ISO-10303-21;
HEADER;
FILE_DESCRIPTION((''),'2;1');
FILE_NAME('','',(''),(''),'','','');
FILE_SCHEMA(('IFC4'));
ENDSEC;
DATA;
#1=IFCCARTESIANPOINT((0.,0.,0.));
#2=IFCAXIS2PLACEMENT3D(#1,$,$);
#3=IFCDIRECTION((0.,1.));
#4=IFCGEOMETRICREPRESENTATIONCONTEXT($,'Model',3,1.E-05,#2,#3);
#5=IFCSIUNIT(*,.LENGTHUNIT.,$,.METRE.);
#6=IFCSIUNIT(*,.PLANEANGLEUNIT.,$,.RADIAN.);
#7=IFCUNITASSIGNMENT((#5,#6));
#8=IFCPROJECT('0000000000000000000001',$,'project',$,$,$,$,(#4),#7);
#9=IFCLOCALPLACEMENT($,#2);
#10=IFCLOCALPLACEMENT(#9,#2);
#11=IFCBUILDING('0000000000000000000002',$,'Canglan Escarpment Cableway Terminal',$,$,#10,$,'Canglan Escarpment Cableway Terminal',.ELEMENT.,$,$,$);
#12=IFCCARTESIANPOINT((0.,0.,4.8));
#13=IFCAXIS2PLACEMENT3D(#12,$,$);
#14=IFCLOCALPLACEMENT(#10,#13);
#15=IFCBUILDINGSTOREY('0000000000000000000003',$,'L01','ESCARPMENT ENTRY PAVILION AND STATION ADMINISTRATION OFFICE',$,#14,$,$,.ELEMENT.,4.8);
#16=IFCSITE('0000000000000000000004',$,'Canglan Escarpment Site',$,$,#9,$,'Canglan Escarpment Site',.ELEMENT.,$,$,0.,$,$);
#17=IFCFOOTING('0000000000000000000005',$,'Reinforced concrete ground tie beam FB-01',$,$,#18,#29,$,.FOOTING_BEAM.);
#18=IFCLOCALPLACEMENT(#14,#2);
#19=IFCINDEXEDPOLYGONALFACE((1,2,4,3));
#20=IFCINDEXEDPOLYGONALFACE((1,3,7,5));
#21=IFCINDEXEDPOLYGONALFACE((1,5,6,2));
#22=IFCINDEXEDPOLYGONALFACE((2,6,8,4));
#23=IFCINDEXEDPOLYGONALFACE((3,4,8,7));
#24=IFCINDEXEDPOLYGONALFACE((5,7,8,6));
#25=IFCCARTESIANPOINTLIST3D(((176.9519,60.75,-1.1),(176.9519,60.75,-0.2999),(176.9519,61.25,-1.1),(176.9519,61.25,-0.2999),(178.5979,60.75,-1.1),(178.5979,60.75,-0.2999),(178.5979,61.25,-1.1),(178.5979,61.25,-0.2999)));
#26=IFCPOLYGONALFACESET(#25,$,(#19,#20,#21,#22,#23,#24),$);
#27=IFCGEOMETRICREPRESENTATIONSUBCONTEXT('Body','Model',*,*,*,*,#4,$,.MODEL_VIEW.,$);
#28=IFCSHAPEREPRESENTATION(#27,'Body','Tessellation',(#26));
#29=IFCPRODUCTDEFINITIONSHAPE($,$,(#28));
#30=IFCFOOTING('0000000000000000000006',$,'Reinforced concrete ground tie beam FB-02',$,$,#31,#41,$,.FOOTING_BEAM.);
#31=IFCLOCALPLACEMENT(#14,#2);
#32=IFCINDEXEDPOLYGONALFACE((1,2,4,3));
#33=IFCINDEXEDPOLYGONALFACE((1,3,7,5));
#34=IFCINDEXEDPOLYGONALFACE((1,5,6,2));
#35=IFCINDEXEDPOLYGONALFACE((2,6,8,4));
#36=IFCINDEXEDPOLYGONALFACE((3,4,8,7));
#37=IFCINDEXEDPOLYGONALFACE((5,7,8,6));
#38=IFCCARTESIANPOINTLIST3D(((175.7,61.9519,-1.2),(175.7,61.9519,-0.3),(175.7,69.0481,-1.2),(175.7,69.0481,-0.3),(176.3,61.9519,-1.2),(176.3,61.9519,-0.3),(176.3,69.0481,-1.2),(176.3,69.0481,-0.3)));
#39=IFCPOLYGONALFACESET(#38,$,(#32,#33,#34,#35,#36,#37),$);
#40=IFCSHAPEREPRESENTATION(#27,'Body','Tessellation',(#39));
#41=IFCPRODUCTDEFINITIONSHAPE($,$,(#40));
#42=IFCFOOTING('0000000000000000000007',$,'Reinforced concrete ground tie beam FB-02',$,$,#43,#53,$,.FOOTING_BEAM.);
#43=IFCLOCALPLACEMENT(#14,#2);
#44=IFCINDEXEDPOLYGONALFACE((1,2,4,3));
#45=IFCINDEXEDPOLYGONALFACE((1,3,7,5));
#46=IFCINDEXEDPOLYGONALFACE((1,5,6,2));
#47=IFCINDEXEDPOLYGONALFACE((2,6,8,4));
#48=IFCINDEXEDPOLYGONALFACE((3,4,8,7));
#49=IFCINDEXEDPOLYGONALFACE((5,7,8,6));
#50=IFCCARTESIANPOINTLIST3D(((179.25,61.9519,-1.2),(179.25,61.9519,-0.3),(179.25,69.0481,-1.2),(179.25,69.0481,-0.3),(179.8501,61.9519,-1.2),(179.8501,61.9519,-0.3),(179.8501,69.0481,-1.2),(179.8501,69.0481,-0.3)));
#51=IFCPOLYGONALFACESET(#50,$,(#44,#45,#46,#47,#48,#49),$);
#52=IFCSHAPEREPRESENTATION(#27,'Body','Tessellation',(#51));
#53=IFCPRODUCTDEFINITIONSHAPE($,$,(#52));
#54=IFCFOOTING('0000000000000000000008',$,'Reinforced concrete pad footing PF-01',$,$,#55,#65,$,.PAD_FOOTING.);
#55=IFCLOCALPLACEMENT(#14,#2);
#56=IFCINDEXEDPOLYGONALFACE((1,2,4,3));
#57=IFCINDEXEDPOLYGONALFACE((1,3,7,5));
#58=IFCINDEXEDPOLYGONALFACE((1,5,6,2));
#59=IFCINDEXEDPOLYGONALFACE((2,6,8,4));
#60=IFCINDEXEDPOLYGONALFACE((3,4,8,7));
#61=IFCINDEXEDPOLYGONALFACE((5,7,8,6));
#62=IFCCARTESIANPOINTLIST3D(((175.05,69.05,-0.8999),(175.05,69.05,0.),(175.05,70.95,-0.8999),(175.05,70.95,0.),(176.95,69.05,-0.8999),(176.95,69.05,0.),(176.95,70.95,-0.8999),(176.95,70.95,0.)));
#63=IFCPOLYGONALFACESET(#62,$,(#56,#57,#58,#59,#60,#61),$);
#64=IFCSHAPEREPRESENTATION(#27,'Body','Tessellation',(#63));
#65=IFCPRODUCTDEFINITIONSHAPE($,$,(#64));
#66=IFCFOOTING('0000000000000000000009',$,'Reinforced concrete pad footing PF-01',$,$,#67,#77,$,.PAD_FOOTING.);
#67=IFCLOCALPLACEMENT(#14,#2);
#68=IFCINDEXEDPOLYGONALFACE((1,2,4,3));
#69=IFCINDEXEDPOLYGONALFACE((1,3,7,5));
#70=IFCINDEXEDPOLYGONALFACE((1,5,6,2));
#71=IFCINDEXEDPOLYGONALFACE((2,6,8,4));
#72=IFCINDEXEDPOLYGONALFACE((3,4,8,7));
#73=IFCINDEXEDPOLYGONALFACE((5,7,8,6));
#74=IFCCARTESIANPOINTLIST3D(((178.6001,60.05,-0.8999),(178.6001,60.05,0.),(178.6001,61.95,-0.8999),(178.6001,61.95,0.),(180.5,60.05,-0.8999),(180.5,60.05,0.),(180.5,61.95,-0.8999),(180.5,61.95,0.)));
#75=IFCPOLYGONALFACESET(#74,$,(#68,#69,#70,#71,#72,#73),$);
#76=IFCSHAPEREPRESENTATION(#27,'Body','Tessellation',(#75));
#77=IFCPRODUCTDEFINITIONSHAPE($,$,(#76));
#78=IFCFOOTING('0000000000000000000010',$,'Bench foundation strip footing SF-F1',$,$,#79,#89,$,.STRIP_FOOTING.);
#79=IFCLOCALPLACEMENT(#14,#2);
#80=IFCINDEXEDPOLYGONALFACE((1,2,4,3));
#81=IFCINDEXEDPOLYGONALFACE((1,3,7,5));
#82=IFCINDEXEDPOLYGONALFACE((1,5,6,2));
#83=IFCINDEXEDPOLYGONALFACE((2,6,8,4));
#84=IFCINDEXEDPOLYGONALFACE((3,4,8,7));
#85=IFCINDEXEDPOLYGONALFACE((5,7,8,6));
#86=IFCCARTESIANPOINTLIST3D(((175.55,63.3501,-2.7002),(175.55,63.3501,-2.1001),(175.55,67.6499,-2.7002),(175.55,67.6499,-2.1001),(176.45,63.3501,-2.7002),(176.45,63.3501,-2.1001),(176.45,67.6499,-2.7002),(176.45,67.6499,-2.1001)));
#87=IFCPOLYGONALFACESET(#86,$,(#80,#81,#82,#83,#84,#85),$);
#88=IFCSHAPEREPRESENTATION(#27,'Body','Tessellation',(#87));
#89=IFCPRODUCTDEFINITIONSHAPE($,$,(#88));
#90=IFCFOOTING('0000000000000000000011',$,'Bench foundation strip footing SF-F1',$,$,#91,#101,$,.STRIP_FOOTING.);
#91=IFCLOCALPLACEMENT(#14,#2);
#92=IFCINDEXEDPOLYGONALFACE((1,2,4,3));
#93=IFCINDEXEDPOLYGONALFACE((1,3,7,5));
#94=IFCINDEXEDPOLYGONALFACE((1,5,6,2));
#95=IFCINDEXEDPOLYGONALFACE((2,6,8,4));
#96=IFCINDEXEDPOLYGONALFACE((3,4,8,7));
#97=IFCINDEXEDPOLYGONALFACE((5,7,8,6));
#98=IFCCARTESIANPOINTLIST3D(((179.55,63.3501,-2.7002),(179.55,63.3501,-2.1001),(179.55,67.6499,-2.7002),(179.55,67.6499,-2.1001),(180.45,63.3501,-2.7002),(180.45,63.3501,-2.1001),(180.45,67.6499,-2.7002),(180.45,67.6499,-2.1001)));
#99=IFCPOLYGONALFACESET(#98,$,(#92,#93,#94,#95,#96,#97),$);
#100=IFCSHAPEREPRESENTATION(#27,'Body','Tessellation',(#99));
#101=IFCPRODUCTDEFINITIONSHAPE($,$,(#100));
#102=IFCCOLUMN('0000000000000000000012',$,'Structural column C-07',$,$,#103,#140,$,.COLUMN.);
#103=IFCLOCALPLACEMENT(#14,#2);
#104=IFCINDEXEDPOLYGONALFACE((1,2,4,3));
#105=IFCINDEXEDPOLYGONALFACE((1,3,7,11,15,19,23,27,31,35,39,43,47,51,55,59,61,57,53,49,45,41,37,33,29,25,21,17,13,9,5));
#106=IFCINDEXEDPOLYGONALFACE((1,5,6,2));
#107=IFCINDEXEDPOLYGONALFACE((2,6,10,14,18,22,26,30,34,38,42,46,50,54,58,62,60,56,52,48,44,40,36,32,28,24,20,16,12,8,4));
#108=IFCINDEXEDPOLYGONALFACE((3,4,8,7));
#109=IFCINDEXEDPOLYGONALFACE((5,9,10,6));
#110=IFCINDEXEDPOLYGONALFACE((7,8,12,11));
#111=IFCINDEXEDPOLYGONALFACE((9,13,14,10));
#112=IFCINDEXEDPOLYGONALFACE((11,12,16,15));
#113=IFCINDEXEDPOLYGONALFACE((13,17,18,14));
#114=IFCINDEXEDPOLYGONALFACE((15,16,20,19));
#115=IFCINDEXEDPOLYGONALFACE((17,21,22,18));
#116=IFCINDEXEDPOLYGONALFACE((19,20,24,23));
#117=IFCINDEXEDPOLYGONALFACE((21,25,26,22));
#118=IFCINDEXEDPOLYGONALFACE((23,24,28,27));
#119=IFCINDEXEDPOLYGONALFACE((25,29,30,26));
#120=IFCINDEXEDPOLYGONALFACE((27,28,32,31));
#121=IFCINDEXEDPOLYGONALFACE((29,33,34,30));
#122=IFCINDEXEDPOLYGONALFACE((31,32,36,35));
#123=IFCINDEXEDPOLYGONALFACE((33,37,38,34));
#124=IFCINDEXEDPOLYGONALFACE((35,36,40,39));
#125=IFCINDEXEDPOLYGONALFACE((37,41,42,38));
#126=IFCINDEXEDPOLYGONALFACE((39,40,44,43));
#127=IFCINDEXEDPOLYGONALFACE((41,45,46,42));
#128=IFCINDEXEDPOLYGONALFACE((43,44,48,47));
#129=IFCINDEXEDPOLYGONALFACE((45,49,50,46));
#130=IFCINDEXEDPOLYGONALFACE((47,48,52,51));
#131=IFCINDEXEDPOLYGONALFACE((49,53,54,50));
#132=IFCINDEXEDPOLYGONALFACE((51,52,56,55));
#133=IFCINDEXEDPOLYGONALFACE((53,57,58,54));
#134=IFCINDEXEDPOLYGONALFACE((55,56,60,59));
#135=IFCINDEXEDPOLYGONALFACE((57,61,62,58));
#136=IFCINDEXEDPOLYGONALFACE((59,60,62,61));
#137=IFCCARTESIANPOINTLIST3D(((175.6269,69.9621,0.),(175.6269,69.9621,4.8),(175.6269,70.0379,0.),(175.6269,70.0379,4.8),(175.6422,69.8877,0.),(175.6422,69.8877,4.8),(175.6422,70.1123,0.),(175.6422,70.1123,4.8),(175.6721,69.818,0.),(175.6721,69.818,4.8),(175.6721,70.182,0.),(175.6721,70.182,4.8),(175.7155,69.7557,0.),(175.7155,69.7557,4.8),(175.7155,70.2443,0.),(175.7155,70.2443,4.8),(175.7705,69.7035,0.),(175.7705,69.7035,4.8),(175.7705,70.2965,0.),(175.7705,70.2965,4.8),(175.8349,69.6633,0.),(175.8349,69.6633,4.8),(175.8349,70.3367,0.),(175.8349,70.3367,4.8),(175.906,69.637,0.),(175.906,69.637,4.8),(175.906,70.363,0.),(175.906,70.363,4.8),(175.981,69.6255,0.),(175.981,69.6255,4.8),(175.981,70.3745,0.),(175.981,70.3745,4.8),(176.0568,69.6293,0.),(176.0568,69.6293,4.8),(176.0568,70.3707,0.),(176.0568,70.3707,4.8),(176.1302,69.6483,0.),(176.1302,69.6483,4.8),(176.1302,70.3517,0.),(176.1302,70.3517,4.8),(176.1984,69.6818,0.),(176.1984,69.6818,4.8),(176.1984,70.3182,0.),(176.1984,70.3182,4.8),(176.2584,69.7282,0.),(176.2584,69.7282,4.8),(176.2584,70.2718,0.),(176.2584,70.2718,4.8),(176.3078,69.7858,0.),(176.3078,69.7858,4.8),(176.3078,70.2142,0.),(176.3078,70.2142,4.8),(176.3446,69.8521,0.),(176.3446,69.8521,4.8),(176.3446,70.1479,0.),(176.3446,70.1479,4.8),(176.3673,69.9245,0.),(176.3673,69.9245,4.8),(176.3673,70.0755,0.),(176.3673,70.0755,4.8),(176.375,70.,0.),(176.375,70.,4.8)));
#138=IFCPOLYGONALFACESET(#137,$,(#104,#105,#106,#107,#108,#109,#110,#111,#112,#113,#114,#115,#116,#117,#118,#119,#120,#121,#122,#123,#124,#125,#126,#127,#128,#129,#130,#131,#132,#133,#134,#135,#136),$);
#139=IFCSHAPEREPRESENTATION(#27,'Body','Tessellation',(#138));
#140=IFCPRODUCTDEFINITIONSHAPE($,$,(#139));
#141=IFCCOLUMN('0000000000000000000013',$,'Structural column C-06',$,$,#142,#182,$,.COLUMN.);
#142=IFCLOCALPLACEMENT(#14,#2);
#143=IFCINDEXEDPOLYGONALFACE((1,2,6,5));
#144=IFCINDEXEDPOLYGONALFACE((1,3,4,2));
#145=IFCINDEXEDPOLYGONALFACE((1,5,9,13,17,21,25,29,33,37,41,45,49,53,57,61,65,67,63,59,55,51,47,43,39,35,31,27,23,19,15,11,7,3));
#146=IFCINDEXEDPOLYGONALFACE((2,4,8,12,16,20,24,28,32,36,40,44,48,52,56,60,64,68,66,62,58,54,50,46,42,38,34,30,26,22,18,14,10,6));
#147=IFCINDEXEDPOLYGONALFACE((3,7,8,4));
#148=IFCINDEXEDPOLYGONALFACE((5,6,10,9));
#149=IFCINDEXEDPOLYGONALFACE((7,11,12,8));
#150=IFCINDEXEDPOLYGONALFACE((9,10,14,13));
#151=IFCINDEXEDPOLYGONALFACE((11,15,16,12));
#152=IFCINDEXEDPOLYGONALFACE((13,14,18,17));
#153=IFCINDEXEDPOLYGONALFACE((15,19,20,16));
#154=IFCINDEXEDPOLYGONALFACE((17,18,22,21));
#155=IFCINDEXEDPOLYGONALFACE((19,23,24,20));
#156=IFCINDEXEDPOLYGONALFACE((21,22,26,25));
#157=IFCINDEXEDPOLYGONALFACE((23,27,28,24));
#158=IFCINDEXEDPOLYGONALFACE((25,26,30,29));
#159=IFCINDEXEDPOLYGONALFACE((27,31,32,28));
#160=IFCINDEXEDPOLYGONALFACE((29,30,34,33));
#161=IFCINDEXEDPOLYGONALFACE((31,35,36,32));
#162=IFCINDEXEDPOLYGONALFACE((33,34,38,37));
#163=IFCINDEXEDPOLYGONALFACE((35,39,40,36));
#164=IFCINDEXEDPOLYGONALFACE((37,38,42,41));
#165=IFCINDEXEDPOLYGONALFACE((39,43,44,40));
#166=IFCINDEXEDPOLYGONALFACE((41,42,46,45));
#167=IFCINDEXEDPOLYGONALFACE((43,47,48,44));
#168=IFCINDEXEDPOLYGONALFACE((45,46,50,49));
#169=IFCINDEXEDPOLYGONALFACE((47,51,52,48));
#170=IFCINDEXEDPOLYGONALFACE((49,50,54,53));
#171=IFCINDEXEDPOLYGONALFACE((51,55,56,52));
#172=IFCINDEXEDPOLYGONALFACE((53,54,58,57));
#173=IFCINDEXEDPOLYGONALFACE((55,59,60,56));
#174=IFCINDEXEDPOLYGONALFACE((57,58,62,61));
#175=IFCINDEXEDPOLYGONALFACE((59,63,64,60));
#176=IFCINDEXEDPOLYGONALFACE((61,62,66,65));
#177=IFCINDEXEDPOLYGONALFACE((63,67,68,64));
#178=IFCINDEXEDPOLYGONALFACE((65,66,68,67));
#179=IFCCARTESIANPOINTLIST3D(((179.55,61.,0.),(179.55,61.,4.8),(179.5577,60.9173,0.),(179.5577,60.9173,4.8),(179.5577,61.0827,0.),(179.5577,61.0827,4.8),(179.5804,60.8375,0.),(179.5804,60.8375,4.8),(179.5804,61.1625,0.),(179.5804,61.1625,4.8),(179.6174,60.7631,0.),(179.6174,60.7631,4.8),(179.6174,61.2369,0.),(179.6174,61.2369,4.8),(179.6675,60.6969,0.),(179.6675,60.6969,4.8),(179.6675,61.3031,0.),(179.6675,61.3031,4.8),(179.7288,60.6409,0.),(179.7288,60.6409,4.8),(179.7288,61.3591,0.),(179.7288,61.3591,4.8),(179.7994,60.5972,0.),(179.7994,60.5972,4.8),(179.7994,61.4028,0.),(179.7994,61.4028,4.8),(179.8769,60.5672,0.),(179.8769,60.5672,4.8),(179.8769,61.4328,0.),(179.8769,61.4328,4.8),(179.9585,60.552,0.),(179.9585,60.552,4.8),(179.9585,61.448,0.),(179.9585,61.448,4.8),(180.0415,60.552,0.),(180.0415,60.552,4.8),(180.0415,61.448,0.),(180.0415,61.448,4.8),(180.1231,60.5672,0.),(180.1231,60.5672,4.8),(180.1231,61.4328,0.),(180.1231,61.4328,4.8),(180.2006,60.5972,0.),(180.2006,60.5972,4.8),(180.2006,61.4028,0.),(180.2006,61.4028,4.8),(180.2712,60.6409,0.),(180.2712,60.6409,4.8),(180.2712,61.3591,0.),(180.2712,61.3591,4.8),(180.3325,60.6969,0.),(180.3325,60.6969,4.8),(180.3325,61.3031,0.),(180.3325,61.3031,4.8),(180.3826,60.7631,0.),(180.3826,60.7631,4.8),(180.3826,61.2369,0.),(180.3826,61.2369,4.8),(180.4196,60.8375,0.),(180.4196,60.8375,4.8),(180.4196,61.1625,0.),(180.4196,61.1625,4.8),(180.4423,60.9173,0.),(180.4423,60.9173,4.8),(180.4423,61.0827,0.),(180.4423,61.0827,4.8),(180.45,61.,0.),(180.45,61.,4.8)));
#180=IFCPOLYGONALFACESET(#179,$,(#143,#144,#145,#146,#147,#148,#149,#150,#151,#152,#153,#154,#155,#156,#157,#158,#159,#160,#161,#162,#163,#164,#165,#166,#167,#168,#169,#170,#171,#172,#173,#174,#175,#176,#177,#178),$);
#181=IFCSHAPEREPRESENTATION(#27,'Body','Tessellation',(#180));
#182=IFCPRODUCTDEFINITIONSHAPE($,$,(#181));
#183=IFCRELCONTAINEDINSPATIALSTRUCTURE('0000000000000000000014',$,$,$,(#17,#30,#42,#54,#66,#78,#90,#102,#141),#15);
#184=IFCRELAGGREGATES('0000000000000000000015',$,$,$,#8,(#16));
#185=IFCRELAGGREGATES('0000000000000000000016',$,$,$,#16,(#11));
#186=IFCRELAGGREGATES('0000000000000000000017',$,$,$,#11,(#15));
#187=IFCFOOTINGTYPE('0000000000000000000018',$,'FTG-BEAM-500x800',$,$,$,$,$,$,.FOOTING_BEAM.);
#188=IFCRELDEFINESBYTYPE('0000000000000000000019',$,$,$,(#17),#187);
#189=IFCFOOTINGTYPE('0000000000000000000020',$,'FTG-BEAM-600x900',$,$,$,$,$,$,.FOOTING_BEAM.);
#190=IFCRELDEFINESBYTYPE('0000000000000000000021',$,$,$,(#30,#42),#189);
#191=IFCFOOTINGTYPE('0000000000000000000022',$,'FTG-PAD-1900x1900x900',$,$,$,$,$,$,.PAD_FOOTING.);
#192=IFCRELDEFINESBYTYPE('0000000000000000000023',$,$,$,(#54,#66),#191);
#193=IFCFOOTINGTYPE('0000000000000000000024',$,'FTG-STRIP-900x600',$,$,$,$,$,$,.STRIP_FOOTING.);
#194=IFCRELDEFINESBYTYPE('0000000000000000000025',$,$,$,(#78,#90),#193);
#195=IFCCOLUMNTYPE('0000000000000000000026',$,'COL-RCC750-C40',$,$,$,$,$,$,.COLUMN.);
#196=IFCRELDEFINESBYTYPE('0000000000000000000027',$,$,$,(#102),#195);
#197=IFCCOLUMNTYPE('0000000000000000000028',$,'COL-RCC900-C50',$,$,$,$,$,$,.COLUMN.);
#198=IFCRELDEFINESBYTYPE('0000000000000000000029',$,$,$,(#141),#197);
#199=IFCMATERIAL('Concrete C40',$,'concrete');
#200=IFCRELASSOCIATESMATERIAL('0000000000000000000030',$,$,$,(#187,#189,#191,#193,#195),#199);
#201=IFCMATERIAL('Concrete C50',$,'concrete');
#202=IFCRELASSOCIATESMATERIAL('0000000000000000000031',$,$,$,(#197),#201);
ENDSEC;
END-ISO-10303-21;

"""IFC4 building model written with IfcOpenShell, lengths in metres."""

from ifc_helpers import new_model, si_unit, direction, frame, origin, origin_2d, place, context, subcontext, project, spatial, rectangle, circle, extrude, material, material_profile, profile_set, type_object, element, save


model = new_model("IFC4")

# Units and contexts
model_context = context("Model", 3, precision=1e-05, world=origin(), true_north=direction((0.0, 1.0)))
body_context = subcontext(model_context, "Body", "Model", "MODEL_VIEW")
ifc_project = project(units=[si_unit("LENGTHUNIT", "METRE"), si_unit("PLANEANGLEUNIT", "RADIAN")], contexts=[model_context])

# Site, building, storey
site_placement = place(None, origin())
site = spatial("IfcSite", under=ifc_project, at=site_placement, Name="Canglan Escarpment Site", LongName="Canglan Escarpment Site", CompositionType="ELEMENT", RefElevation=0.0)
building_placement = place(site_placement, origin())
building = spatial("IfcBuilding", under=site, at=building_placement, Name="Canglan Escarpment Cableway Terminal", LongName="Canglan Escarpment Cableway Terminal", CompositionType="ELEMENT")
storey_placement = place(building_placement, frame((0.0, 0.0, 4.8)))
storey = spatial("IfcBuildingStorey", under=building, at=storey_placement, Name="L01", Description="ESCARPMENT ENTRY PAVILION AND STATION ADMINISTRATION OFFICE", CompositionType="ELEMENT", Elevation=4.8)

# Footings
ifc_material_1 = material(Name="Concrete C40", Category="concrete")
ifc_material_profile_1 = material_profile(ifc_material_1, rectangle(XDim=0.5, YDim=0.8, at=origin_2d()), Name="FB 500x800")
ifc_profile_set_1 = profile_set([ifc_material_profile_1], Name="Concrete C40")
footing_type_1 = type_object("IfcFootingType", Name="FTG-BEAM-500x800", PredefinedType="FOOTING_BEAM", material=ifc_profile_set_1)
footing_placement = place(storey_placement, frame((176.9519, 61.0, -0.7), z_axis=(1.0, 0.0, 0.0), x_axis=(0.0, 1.0, 0.0)))
element("IfcFooting", 1, at=footing_placement, inside=storey, type_object=footing_type_1, Name="Reinforced concrete ground tie beam FB-01", PredefinedType="FOOTING_BEAM", context=body_context, shape_type="SweptSolid", body=[
    extrude(rectangle(XDim=0.5, YDim=0.8, at=origin_2d()), origin(), (0.0, 0.0, 1.0), 1.646),
])
ifc_material_profile_2 = material_profile(ifc_material_1, rectangle(XDim=0.6001, YDim=0.8999, at=origin_2d()), Name="FB 600x900")
ifc_profile_set_2 = profile_set([ifc_material_profile_2], Name="Concrete C40")
footing_type_2 = type_object("IfcFootingType", Name="FTG-BEAM-600x900", PredefinedType="FOOTING_BEAM", material=ifc_profile_set_2)
for number, where, z_axis, x_axis, name in (
    (2, (176.0, 61.9519, -0.75), (0.0, 1.0, 0.0), (-1.0, 0.0, 0.0), "Reinforced concrete ground tie beam FB-02"),
    (3, (179.55, 61.9519, -0.75), (0.0, 1.0, 0.0), (-1.0, 0.0, 0.0), "Reinforced concrete ground tie beam FB-02"),
):
    element("IfcFooting", number, at=place(storey_placement, frame(where, z_axis=z_axis, x_axis=x_axis)), inside=storey, type_object=footing_type_2, Name=name, PredefinedType="FOOTING_BEAM", context=body_context, shape_type="SweptSolid", body=[
        extrude(rectangle(XDim=0.6001, YDim=0.8999, at=origin_2d()), origin(), (0.0, 0.0, 1.0), 7.0962),
    ])
footing_type_3 = type_object("IfcFootingType", Name="FTG-PAD-1900x1900x900", PredefinedType="PAD_FOOTING", material=ifc_material_1)
for number, where, z_axis, x_axis, name in (
    (4, (176.0, 70.0, -0.8999), (0.0, 0.0, 1.0), (1.0, 0.0, 0.0), "Reinforced concrete pad footing PF-01"),
    (5, (179.55, 61.0, -0.8999), (0.0, 0.0, 1.0), (1.0, 0.0, 0.0), "Reinforced concrete pad footing PF-01"),
):
    element("IfcFooting", number, at=place(storey_placement, frame(where, z_axis=z_axis, x_axis=x_axis)), inside=storey, type_object=footing_type_3, Name=name, PredefinedType="PAD_FOOTING", context=body_context, shape_type="SweptSolid", body=[
        extrude(rectangle(XDim=1.8999, YDim=1.8999, at=origin_2d()), origin(), (0.0, 0.0, 1.0), 0.8999),
    ])
ifc_material_profile_3 = material_profile(ifc_material_1, rectangle(XDim=0.8999, YDim=0.6001, at=origin_2d()), Name="SF 900x600")
ifc_profile_set_3 = profile_set([ifc_material_profile_3], Name="Concrete C40")
footing_type_4 = type_object("IfcFootingType", Name="FTG-STRIP-900x600", PredefinedType="STRIP_FOOTING", material=ifc_profile_set_3)
for number, where, z_axis, x_axis, name in (
    (6, (176.0, 63.3501, -2.4001), (0.0, 1.0, 0.0), (-1.0, 0.0, 0.0), "Bench foundation strip footing SF-F1"),
    (7, (180.0, 63.3501, -2.4001), (0.0, 1.0, 0.0), (-1.0, 0.0, 0.0), "Bench foundation strip footing SF-F1"),
):
    element("IfcFooting", number, at=place(storey_placement, frame(where, z_axis=z_axis, x_axis=x_axis)), inside=storey, type_object=footing_type_4, Name=name, PredefinedType="STRIP_FOOTING", context=body_context, shape_type="SweptSolid", body=[
        extrude(rectangle(XDim=0.8999, YDim=0.6001, at=origin_2d()), origin(), (0.0, 0.0, 1.0), 4.2998),
    ])

# Columns
ifc_material_profile_4 = material_profile(ifc_material_1, circle(Radius=0.375, at=origin_2d()), Name="RC-CIRC D750")
ifc_profile_set_4 = profile_set([ifc_material_profile_4], Name="Concrete C40")
column_type_1 = type_object("IfcColumnType", Name="COL-RCC750-C40", PredefinedType="COLUMN", material=ifc_profile_set_4)
column_1_placement = place(storey_placement, frame((176.0, 70.0, 0.0), z_axis=(0.0, 0.0, 1.0), x_axis=(1.0, 0.0, 0.0)))
element("IfcColumn", 8, at=column_1_placement, inside=storey, type_object=column_type_1, Name="Structural column C-07", PredefinedType="COLUMN", context=body_context, shape_type="SweptSolid", body=[
    extrude(circle(Radius=0.375, at=origin_2d()), origin(), (0.0, 0.0, 1.0), 4.8),
])
ifc_material_2 = material(Name="Concrete C50", Category="concrete")
ifc_material_profile_5 = material_profile(ifc_material_2, circle(Radius=0.45, at=origin_2d()), Name="RC-CIRC D900")
ifc_profile_set_5 = profile_set([ifc_material_profile_5], Name="Concrete C50")
column_type_2 = type_object("IfcColumnType", Name="COL-RCC900-C50", PredefinedType="COLUMN", material=ifc_profile_set_5)
column_2_placement = place(storey_placement, frame((180.0, 61.0, 0.0), z_axis=(0.0, 0.0, 1.0), x_axis=(1.0, 0.0, 0.0)))
element("IfcColumn", 9, at=column_2_placement, inside=storey, type_object=column_type_2, Name="Structural column C-06", PredefinedType="COLUMN", context=body_context, shape_type="SweptSolid", body=[
    extrude(circle(Radius=0.45, at=origin_2d()), origin(), (0.0, 0.0, 1.0), 4.8),
])

save(model, "model.ifc")
